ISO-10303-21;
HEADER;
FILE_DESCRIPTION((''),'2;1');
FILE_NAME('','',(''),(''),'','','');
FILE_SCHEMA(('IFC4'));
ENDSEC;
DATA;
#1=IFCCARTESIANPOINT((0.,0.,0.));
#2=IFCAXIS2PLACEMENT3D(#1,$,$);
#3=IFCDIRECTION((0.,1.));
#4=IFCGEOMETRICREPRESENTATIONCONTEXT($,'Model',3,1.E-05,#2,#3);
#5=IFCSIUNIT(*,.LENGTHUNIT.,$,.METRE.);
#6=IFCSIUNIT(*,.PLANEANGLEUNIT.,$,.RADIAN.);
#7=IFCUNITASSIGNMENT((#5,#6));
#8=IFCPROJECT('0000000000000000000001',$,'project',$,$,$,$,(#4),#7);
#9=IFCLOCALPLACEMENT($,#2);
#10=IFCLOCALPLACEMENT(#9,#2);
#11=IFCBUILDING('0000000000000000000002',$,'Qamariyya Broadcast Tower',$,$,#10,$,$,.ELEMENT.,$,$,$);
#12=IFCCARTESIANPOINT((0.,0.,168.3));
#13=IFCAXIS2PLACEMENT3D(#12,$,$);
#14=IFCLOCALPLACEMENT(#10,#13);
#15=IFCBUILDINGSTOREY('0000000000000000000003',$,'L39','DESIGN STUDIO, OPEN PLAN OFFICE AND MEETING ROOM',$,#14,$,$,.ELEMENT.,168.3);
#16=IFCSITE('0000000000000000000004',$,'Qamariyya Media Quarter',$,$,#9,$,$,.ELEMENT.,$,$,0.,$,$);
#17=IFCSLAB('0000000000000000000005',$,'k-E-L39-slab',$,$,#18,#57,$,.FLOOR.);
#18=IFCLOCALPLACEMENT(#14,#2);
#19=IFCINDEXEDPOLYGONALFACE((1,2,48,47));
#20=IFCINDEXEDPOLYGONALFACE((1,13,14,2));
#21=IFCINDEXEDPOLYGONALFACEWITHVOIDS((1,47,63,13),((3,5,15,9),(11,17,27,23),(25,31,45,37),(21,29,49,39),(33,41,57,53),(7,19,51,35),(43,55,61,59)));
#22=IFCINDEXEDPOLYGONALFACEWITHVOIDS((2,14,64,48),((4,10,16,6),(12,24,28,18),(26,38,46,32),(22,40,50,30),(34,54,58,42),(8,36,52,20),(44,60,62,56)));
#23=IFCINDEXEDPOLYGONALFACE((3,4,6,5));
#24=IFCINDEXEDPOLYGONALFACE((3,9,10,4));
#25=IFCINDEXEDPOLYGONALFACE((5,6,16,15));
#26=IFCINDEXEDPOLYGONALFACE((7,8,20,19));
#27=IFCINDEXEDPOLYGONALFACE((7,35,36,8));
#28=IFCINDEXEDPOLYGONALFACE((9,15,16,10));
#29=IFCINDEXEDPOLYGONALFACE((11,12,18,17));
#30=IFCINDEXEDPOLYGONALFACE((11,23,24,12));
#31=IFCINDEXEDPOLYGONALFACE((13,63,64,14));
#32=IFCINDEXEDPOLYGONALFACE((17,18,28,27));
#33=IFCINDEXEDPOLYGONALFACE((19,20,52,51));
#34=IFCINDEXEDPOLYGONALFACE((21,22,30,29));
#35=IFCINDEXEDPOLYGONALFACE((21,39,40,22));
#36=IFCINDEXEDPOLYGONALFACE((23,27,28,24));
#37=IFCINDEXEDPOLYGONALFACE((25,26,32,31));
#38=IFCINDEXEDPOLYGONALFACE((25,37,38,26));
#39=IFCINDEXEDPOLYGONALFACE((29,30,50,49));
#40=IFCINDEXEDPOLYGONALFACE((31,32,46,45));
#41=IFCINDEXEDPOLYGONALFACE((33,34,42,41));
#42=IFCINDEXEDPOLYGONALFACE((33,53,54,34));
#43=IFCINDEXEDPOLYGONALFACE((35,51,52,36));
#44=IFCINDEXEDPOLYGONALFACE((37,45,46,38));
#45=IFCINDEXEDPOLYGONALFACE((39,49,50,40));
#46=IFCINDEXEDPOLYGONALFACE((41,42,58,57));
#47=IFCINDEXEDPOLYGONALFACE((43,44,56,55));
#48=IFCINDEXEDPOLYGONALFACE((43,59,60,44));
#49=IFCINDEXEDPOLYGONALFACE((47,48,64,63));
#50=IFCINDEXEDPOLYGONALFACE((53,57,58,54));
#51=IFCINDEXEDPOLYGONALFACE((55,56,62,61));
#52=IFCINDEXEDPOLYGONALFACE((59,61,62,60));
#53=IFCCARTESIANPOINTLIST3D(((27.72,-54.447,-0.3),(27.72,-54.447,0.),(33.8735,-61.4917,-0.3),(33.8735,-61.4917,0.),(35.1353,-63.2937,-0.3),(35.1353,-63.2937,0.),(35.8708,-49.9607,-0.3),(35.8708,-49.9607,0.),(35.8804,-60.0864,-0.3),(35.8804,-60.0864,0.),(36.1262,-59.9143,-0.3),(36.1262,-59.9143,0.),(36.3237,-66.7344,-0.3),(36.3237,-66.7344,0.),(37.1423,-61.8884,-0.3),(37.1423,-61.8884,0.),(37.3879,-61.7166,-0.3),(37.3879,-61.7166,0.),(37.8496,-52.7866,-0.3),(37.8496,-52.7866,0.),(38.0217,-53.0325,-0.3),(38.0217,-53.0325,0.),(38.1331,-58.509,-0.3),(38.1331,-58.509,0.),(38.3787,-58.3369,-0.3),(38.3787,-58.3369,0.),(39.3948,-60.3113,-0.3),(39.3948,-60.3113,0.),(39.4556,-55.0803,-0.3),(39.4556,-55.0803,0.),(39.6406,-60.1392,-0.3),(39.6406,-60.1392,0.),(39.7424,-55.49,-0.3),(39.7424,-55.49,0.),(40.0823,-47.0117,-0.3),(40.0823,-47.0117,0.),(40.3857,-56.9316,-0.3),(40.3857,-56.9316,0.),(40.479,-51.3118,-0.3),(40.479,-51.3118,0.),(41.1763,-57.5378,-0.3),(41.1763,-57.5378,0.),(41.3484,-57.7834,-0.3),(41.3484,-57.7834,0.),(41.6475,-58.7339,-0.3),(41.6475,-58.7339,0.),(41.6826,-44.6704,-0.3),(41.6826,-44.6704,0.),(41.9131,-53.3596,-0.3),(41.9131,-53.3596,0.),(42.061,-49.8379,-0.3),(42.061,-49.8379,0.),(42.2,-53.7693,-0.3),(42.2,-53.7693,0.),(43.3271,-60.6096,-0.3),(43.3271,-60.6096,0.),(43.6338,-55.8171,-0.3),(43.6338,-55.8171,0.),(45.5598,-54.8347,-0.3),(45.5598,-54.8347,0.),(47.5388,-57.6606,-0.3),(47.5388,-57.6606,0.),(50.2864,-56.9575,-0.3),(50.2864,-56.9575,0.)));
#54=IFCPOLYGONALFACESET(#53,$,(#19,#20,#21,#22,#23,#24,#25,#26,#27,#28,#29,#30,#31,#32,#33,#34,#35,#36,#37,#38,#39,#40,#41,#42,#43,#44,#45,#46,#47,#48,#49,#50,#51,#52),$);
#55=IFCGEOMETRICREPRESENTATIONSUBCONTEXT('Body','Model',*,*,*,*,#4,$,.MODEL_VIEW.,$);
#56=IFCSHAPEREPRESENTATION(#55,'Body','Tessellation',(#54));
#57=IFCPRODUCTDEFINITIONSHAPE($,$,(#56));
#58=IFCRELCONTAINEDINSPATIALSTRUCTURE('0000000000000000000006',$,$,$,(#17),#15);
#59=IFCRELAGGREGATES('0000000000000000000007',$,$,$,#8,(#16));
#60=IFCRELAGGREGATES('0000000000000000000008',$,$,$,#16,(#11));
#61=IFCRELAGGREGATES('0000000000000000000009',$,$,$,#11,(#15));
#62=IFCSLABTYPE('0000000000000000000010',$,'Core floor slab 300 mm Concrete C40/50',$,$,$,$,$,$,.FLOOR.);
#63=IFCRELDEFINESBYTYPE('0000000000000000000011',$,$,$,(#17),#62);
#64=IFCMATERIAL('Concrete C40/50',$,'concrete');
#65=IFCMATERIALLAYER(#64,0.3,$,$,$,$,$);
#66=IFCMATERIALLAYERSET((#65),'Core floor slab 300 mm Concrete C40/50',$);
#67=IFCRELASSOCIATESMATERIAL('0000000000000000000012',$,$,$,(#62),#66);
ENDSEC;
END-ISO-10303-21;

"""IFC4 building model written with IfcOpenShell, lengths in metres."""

from ifc_helpers import new_model, si_unit, direction, frame, origin, place, context, subcontext, project, spatial, polyline, outline, extrude, material, layer, layer_set, type_object, element, save


model = new_model("IFC4")

# Units and contexts
model_context = context("Model", 3, precision=1e-05, world=origin(), true_north=direction((0.0, 1.0)))
body_context = subcontext(model_context, "Body", "Model", "MODEL_VIEW")
ifc_project = project(units=[si_unit("LENGTHUNIT", "METRE"), si_unit("PLANEANGLEUNIT", "RADIAN")], contexts=[model_context])

# Site, building, storey
site_placement = place(None, origin())
building_placement = place(site_placement, origin())
storey_placement = place(building_placement, frame((0.0, 0.0, 168.3)))
site = spatial("IfcSite", under=ifc_project, at=site_placement, Name="Qamariyya Media Quarter", CompositionType="ELEMENT", RefElevation=0.0)
building = spatial("IfcBuilding", under=site, at=building_placement, Name="Qamariyya Broadcast Tower", CompositionType="ELEMENT")
storey = spatial("IfcBuildingStorey", under=building, at=storey_placement, Name="L39", Description="DESIGN STUDIO, OPEN PLAN OFFICE AND MEETING ROOM", CompositionType="ELEMENT", Elevation=168.3)

# Slab
ifc_material_1 = material(Name="Concrete C40/50", Category="concrete")
ifc_layer = layer(ifc_material_1, 0.3)
ifc_layer_set = layer_set([ifc_layer], Name="Core floor slab 300 mm Concrete C40/50")
slab_type = type_object("IfcSlabType", Name="Core floor slab 300 mm Concrete C40/50", PredefinedType="FLOOR", material=ifc_layer_set)
slab_1_placement = place(storey_placement, frame((0.0, 0.0, -0.3)))
element("IfcSlab", 1, at=slab_1_placement, inside=storey, type_object=slab_type, Name="k-E-L39-slab", PredefinedType="FLOOR", context=body_context, shape_type="SweptSolid", body=[
    extrude(outline(polyline([(36.3237, -66.7344), (50.2864, -56.9575), (41.6826, -44.6704), (27.72, -54.447), (36.3237, -66.7344)]), holes=[polyline([(33.8735, -61.4917), (35.8804, -60.0864), (37.1423, -61.8884), (35.1353, -63.2937), (33.8735, -61.4917)]), polyline([(36.1262, -59.9143), (38.1331, -58.509), (39.3948, -60.3113), (37.3879, -61.7166), (36.1262, -59.9143)]), polyline([(38.3787, -58.3369), (40.3857, -56.9316), (41.6475, -58.7339), (39.6406, -60.1392), (38.3787, -58.3369)]), polyline([(39.7424, -55.49), (42.2, -53.7693), (43.6338, -55.8171), (41.1763, -57.5378), (39.7424, -55.49)]), polyline([(39.4556, -55.0803), (41.9131, -53.3596), (40.479, -51.3118), (38.0217, -53.0325), (39.4556, -55.0803)]), polyline([(40.0823, -47.0117), (35.8708, -49.9607), (37.8496, -52.7866), (42.061, -49.8379), (40.0823, -47.0117)]), polyline([(45.5598, -54.8347), (41.3484, -57.7834), (43.3271, -60.6096), (47.5388, -57.6606), (45.5598, -54.8347)])]), origin(), (0.0, 0.0, 1.0), 0.3),
])

save(model, "model.ifc")
